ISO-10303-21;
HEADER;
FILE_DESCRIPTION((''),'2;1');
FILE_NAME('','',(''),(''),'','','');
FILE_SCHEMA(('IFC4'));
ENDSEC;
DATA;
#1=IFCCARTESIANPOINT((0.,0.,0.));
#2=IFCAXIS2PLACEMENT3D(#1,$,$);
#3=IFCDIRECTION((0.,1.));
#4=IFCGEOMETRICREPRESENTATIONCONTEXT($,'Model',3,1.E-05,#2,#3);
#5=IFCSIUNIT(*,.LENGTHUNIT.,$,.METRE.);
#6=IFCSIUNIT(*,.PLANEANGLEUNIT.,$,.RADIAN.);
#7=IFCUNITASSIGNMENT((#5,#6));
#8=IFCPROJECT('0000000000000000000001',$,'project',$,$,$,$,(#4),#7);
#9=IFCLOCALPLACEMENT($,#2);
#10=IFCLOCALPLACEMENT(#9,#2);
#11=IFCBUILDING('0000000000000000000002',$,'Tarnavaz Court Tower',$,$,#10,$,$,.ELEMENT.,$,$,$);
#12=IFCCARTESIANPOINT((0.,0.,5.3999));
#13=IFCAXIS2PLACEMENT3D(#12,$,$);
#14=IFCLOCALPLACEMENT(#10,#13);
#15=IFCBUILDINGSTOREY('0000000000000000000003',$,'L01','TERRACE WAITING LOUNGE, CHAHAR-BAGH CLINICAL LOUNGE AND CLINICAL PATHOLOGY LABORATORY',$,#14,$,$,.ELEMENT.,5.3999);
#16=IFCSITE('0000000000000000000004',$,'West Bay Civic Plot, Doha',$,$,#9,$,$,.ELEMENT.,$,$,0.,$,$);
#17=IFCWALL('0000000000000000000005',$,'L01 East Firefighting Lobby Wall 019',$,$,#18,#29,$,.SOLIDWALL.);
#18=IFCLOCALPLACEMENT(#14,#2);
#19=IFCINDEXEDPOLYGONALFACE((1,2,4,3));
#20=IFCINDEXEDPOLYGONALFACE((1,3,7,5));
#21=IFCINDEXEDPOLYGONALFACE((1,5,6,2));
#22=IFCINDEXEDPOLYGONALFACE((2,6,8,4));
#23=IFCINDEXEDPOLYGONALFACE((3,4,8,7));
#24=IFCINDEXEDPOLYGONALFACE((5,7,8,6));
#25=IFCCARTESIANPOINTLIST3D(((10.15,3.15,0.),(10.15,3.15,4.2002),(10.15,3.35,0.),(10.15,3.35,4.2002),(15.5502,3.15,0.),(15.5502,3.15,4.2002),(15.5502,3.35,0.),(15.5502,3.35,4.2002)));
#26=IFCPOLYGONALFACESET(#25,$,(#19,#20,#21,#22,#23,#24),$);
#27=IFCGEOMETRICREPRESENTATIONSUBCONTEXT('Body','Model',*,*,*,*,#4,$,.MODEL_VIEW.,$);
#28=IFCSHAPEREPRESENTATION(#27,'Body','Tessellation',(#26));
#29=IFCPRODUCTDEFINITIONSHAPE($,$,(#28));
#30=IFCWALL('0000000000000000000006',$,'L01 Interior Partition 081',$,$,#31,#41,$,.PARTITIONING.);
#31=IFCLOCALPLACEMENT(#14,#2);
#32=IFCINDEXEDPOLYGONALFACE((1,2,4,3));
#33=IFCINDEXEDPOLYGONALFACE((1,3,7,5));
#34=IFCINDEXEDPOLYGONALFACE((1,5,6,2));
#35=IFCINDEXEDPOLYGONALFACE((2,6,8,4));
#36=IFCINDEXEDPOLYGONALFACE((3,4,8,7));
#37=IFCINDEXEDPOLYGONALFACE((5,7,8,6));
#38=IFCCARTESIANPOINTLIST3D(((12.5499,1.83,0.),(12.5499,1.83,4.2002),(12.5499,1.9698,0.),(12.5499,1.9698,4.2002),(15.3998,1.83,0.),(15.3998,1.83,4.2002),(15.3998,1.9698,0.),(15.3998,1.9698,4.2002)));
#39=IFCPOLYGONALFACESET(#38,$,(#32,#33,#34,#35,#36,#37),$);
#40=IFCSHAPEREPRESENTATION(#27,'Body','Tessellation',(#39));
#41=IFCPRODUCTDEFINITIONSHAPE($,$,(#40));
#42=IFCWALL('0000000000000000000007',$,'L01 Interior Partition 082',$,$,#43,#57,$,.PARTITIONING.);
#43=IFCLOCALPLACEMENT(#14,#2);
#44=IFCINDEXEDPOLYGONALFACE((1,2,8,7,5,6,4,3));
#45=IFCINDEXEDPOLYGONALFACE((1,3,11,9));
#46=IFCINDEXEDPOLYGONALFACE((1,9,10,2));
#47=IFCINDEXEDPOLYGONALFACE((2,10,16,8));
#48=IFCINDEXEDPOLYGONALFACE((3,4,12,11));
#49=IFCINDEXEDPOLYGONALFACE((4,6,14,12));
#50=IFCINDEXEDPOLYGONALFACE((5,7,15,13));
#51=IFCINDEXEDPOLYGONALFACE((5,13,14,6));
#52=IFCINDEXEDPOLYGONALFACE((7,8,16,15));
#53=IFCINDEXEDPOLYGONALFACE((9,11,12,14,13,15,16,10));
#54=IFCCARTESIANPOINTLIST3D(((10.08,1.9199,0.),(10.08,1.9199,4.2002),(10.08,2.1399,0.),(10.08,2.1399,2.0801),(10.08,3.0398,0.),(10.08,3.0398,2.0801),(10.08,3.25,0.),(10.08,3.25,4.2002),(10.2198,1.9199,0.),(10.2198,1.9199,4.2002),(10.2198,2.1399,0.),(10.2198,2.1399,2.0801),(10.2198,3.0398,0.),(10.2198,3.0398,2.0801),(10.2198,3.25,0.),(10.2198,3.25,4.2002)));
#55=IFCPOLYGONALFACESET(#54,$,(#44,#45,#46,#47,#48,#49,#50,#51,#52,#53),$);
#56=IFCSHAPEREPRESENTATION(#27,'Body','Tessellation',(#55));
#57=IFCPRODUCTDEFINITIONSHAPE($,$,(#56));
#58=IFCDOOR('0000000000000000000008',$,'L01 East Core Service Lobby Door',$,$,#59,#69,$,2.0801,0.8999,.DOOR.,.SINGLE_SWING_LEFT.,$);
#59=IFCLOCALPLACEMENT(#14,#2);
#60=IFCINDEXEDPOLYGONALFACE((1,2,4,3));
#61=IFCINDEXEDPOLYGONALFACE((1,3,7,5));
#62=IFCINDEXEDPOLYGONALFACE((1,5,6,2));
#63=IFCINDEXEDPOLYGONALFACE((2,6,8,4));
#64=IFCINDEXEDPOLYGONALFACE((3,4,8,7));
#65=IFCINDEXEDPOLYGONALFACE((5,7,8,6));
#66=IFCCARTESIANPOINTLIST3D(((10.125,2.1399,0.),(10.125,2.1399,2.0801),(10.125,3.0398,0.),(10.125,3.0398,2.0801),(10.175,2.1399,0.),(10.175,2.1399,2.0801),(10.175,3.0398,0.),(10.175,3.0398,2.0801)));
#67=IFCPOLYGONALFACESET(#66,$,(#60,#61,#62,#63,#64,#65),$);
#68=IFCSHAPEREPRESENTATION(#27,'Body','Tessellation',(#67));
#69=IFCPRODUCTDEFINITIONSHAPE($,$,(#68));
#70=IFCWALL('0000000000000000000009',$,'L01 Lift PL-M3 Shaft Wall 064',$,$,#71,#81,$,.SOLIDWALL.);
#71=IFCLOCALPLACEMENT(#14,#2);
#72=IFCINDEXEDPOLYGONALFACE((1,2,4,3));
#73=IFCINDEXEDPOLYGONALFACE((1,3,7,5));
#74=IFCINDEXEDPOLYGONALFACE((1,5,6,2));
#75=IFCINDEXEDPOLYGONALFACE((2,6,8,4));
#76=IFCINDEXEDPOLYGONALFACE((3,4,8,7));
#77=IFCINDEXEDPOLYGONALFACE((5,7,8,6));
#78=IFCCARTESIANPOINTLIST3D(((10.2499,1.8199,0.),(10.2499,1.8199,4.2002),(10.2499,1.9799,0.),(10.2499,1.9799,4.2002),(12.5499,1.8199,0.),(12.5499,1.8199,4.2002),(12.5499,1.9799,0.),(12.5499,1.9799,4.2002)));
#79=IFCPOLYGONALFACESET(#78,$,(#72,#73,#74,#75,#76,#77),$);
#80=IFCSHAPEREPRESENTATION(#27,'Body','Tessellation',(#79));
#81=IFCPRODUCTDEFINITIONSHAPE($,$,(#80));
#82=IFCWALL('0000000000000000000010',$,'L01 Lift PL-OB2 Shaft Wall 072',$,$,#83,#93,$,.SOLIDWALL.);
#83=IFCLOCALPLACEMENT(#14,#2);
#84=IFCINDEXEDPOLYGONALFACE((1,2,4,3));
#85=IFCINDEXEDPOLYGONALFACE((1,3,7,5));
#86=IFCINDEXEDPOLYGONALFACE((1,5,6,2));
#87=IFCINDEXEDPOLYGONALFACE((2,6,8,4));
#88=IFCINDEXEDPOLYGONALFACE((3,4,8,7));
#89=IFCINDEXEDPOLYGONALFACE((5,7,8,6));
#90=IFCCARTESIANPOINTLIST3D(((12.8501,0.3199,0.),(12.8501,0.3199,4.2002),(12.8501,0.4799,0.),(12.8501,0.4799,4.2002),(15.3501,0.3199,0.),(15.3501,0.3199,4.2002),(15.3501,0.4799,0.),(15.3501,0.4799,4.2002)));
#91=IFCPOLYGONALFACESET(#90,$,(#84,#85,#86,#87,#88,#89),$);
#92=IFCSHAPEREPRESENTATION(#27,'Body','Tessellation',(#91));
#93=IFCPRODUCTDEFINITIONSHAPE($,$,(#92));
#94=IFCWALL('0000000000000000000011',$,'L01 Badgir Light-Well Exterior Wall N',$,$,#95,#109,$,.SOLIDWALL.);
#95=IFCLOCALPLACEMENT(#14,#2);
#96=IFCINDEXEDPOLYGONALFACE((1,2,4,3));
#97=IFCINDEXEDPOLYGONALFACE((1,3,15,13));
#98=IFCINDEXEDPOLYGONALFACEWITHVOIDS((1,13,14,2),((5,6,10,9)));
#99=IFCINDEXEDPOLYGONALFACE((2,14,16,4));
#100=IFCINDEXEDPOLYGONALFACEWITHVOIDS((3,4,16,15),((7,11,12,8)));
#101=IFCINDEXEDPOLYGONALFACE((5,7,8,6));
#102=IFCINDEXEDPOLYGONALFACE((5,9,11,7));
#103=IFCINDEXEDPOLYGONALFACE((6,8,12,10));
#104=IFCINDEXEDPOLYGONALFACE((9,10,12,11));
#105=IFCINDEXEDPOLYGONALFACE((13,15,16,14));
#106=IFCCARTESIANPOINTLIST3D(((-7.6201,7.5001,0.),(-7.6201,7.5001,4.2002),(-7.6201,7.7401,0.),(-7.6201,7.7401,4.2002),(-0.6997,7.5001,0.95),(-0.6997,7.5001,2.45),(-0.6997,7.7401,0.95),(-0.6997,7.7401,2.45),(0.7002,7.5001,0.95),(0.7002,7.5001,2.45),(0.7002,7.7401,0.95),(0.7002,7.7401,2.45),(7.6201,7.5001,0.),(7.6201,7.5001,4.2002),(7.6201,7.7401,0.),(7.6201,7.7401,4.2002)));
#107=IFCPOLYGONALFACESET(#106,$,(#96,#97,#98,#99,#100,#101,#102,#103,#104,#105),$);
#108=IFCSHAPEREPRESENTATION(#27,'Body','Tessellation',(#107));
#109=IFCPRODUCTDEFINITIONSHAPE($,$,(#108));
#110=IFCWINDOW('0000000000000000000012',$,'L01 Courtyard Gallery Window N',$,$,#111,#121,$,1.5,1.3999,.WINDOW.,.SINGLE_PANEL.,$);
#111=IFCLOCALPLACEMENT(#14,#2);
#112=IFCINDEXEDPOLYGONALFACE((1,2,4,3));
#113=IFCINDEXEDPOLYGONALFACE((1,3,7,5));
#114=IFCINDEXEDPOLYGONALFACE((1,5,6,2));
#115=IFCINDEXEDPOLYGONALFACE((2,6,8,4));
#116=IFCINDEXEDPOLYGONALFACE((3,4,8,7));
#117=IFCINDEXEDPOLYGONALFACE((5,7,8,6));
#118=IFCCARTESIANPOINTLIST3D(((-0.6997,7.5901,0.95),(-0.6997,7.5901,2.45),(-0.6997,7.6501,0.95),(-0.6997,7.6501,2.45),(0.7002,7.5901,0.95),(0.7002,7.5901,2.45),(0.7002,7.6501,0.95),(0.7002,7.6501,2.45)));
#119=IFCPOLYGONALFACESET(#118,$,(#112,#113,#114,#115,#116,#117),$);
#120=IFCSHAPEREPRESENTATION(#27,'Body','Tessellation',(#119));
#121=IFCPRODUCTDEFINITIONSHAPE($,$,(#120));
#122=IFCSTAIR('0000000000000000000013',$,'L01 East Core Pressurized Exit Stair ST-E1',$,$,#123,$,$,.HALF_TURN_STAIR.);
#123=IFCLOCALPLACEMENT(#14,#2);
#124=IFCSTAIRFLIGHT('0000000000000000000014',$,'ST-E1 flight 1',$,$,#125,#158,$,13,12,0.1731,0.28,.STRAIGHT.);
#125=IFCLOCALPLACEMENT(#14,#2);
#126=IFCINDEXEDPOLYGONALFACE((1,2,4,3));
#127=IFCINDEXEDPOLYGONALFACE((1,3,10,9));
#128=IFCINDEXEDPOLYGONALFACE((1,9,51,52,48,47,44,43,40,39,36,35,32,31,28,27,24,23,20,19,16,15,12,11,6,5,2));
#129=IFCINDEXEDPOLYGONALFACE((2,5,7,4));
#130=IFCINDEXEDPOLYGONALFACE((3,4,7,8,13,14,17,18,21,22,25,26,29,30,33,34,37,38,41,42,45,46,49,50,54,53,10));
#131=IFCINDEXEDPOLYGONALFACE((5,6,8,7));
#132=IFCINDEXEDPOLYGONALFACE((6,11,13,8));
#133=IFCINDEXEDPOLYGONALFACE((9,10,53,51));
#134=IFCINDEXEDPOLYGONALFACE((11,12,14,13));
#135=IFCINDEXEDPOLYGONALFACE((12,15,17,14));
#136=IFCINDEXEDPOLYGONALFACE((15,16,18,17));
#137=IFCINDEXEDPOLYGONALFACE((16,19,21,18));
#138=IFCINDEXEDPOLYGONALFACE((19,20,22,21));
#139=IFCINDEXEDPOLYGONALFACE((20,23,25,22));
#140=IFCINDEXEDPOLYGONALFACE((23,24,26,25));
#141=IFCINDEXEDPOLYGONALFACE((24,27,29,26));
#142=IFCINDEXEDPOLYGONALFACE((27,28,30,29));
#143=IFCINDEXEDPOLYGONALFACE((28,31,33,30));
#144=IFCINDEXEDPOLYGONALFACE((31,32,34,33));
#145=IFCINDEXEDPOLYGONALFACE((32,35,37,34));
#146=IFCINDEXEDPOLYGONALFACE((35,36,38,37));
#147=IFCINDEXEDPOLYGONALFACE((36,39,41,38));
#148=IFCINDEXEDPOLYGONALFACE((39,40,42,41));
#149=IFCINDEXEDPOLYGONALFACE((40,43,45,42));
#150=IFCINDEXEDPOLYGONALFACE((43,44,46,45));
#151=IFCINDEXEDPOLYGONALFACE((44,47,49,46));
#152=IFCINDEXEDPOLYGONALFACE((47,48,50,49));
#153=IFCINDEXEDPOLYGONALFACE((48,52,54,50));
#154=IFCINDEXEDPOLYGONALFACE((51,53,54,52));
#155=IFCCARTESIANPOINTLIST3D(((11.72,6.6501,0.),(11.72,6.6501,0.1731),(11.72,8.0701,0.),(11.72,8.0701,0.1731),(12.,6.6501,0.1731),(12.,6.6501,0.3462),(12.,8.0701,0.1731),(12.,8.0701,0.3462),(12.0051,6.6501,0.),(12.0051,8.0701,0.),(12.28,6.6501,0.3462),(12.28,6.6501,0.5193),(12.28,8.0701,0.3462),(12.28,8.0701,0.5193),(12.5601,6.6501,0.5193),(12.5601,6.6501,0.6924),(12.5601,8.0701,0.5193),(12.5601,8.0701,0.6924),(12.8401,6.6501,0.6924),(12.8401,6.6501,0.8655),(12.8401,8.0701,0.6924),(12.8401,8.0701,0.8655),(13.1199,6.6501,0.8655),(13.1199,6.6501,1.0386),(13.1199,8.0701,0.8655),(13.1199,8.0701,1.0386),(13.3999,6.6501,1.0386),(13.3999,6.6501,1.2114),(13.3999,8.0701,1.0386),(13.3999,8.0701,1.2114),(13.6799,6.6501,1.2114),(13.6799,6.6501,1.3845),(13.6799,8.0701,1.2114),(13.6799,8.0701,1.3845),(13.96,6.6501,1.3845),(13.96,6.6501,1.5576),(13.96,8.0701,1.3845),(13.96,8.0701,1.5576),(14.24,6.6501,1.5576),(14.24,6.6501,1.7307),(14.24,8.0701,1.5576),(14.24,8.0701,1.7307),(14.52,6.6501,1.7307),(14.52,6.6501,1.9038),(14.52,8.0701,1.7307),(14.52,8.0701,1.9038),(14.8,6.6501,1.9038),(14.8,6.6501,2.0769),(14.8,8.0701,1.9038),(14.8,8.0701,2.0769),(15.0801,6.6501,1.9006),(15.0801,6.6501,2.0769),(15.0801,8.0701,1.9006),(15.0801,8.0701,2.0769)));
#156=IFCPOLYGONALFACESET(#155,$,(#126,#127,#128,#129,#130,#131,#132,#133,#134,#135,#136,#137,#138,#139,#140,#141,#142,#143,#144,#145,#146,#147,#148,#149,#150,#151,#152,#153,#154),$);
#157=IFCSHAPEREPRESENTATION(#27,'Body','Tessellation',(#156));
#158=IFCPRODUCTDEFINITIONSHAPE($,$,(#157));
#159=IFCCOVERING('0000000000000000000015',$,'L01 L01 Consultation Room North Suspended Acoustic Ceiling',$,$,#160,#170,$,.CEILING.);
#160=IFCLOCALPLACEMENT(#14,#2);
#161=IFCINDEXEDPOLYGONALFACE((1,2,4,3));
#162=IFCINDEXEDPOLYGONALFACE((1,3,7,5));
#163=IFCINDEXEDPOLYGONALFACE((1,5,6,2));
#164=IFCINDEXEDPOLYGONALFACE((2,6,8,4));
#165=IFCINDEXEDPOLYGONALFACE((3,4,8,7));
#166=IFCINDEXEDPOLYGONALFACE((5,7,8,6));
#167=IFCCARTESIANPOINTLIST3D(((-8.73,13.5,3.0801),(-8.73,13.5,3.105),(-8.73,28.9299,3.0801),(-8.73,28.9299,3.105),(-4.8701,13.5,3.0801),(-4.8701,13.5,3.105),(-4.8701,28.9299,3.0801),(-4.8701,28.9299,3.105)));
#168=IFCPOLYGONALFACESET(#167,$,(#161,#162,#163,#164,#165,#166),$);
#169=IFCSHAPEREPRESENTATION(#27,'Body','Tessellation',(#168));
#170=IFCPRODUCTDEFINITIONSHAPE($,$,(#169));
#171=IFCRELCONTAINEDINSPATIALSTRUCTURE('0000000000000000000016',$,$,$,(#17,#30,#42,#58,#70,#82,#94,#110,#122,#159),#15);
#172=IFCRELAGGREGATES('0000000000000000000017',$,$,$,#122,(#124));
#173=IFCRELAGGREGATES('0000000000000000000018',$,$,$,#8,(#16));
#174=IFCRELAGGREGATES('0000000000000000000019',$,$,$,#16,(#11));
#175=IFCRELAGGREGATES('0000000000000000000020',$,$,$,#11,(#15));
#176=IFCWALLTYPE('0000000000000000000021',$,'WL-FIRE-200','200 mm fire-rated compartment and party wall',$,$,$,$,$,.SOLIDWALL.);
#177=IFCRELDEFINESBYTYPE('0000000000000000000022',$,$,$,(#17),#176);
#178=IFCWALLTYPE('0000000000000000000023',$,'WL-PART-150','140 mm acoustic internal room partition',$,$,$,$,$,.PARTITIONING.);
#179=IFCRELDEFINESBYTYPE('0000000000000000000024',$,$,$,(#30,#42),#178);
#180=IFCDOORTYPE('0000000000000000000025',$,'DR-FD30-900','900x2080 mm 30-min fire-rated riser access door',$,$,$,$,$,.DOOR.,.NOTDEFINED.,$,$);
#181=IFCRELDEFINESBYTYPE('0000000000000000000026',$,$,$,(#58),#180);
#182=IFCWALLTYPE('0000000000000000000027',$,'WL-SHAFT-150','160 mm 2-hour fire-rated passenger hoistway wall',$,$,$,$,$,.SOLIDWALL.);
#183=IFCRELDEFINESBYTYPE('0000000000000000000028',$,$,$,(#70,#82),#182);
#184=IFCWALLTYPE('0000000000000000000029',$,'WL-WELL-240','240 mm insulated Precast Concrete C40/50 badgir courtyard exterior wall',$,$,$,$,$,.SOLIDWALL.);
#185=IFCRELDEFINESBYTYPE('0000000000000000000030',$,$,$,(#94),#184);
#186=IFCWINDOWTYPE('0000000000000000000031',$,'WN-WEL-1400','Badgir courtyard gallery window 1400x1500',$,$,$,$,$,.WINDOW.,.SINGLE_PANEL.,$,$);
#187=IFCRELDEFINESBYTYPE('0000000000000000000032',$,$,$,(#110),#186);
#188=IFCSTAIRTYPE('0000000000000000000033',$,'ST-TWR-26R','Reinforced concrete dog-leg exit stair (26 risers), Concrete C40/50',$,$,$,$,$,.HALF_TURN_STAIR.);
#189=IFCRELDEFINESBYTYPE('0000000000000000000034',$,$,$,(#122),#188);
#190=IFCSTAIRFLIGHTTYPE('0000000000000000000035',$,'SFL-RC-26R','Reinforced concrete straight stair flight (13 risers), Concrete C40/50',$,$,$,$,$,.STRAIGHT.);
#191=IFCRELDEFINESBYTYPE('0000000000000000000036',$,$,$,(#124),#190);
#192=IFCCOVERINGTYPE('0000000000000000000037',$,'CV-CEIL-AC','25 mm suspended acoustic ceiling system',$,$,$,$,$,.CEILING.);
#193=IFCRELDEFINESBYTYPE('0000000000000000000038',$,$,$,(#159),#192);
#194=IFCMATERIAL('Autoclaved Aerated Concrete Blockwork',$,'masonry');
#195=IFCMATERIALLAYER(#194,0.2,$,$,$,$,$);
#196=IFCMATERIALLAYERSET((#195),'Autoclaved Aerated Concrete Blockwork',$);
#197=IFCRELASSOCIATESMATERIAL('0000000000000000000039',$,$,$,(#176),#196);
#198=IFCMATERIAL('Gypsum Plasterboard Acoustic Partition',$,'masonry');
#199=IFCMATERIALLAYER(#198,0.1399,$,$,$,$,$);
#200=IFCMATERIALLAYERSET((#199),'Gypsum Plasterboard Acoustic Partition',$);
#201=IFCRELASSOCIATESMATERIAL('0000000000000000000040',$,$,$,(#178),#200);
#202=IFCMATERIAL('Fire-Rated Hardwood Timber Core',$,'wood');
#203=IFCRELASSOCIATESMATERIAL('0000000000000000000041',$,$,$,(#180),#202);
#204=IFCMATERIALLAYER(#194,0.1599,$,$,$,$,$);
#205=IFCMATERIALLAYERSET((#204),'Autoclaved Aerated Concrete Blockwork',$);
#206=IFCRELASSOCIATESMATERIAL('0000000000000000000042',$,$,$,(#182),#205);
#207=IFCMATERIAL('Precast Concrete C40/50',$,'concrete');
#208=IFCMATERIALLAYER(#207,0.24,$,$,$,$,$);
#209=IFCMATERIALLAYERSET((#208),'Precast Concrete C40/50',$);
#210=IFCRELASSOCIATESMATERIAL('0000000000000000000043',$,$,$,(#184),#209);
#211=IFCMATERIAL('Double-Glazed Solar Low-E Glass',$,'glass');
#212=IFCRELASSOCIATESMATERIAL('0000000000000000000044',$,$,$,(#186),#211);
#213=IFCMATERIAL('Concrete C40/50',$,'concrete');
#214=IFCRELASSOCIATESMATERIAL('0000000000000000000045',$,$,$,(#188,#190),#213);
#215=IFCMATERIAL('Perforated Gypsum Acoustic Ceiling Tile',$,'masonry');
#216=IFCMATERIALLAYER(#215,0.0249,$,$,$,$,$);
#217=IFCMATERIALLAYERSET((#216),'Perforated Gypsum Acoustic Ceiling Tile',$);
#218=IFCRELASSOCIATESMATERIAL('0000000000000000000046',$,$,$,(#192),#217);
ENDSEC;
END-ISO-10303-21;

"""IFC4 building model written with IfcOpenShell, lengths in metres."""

from ifc_helpers import new_model, si_unit, direction, frame, frame_2d, origin, place, context, subcontext, project, spatial, polyline, rectangle, outline, extrude, material, layer, layer_set, type_object, element, fill, aggregate, save


model = new_model("IFC4")

# Units and contexts
model_context = context("Model", 3, precision=1e-05, world=origin(), true_north=direction((0.0, 1.0)))
body_context = subcontext(model_context, "Body", "Model", "MODEL_VIEW")
ifc_project = project(units=[si_unit("LENGTHUNIT", "METRE"), si_unit("PLANEANGLEUNIT", "RADIAN")], contexts=[model_context])

# Site, building, storey
site_placement = place(None, origin())
site = spatial("IfcSite", under=ifc_project, at=site_placement, Name="West Bay Civic Plot, Doha", CompositionType="ELEMENT", RefElevation=0.0)
building_placement = place(site_placement, origin())
building = spatial("IfcBuilding", under=site, at=building_placement, Name="Tarnavaz Court Tower", CompositionType="ELEMENT")
storey_placement = place(building_placement, frame((0.0, 0.0, 5.3999)))
storey = spatial("IfcBuildingStorey", under=building, at=storey_placement, Name="L01", Description="TERRACE WAITING LOUNGE, CHAHAR-BAGH CLINICAL LOUNGE AND CLINICAL PATHOLOGY LABORATORY", CompositionType="ELEMENT", Elevation=5.3999)

# Shared definitions
ifc_material_1 = material(Name="Fire-Rated Hardwood Timber Core", Category="wood")

# Wall
ifc_material_2 = material(Name="Autoclaved Aerated Concrete Blockwork", Category="masonry")
ifc_layer_1 = layer(ifc_material_2, 0.2)
ifc_layer_set_1 = layer_set([ifc_layer_1], Name="Autoclaved Aerated Concrete Blockwork")
wall_type_1 = type_object("IfcWallType", Name="WL-FIRE-200", Description="200 mm fire-rated compartment and party wall", PredefinedType="SOLIDWALL", material=ifc_layer_set_1)
wall_1_placement = place(storey_placement, frame((10.1499, 3.25, 0.0), z_axis=(0.0, 0.0, 1.0), x_axis=(1.0, 0.0, 0.0)))
element("IfcWall", 1, at=wall_1_placement, inside=storey, type_object=wall_type_1, Name="L01 East Firefighting Lobby Wall 019", PredefinedType="SOLIDWALL", context=body_context, shape_type="SweptSolid", body=[
    extrude(rectangle(XDim=5.4001, YDim=0.2, at=frame_2d((2.7002, 0.0))), origin(), (0.0, 0.0, 1.0), 4.2002),
])

# Wall
ifc_material_3 = material(Name="Gypsum Plasterboard Acoustic Partition", Category="masonry")
ifc_layer_2 = layer(ifc_material_3, 0.1399)
ifc_layer_set_2 = layer_set([ifc_layer_2], Name="Gypsum Plasterboard Acoustic Partition")
wall_type_2 = type_object("IfcWallType", Name="WL-PART-150", Description="140 mm acoustic internal room partition", PredefinedType="PARTITIONING", material=ifc_layer_set_2)
wall_2_placement = place(storey_placement, frame((12.55, 1.8999, 0.0), z_axis=(0.0, 0.0, 1.0), x_axis=(1.0, 0.0, 0.0)))
element("IfcWall", 2, at=wall_2_placement, inside=storey, type_object=wall_type_2, Name="L01 Interior Partition 081", PredefinedType="PARTITIONING", context=body_context, shape_type="SweptSolid", body=[
    extrude(rectangle(XDim=2.8499, YDim=0.1399, at=frame_2d((1.4248, 0.0))), origin(), (0.0, 0.0, 1.0), 4.2002),
])

# Wall, opening, door
wall_3_placement = place(storey_placement, frame((10.1499, 1.9199, 0.0), z_axis=(0.0, 0.0, 1.0), x_axis=(0.0, 1.0, 0.0)))
wall_3 = element("IfcWall", 3, at=wall_3_placement, inside=storey, type_object=wall_type_2, Name="L01 Interior Partition 082", PredefinedType="PARTITIONING", context=body_context, shape_type="SweptSolid", body=[
    extrude(rectangle(XDim=1.3301, YDim=0.1399, at=frame_2d((0.665, 0.0))), origin(), (0.0, 0.0, 1.0), 4.2002),
])
opening_1_placement = place(wall_3_placement, frame((0.22, 0.0, 0.0)))
opening_1 = element("IfcOpeningElement", 4, at=opening_1_placement, cuts=wall_3, PredefinedType="OPENING", context=body_context, shape_type="SweptSolid", body=[
    extrude(rectangle(XDim=0.8999, YDim=2.0801, at=frame_2d((0.45, 1.04))), frame((0.0, 0.0798, 0.0), z_axis=(0.0, -1.0, 0.0), x_axis=(1.0, 0.0, 0.0)), (0.0, 0.0, 1.0), 0.1599),
])
door_type_1 = type_object("IfcDoorType", Name="DR-FD30-900", Description="900x2080 mm 30-min fire-rated riser access door", OperationType="NOTDEFINED", PredefinedType="DOOR", material=ifc_material_1)
door_1_placement = place(opening_1_placement, origin())
door_1 = element("IfcDoor", 5, at=door_1_placement, inside=storey, type_object=door_type_1, Name="L01 East Core Service Lobby Door", OperationType="SINGLE_SWING_LEFT", OverallHeight=2.0801, OverallWidth=0.8999, PredefinedType="DOOR", context=body_context, shape_type="SweptSolid", body=[
    extrude(rectangle(XDim=0.8999, YDim=2.0801, at=frame_2d((0.45, 1.04))), frame((0.0, 0.0249, 0.0), z_axis=(0.0, -1.0, 0.0), x_axis=(1.0, 0.0, 0.0)), (0.0, 0.0, 1.0), 0.05),
])
fill(opening_1, door_1)

# Walls
ifc_layer_3 = layer(ifc_material_2, 0.1599)
ifc_layer_set_3 = layer_set([ifc_layer_3], Name="Autoclaved Aerated Concrete Blockwork")
wall_type_3 = type_object("IfcWallType", Name="WL-SHAFT-150", Description="160 mm 2-hour fire-rated passenger hoistway wall", PredefinedType="SOLIDWALL", material=ifc_layer_set_3)
wall_4_placement = place(storey_placement, frame((10.25, 1.8999, 0.0), z_axis=(0.0, 0.0, 1.0), x_axis=(1.0, 0.0, 0.0)))
element("IfcWall", 6, at=wall_4_placement, inside=storey, type_object=wall_type_3, Name="L01 Lift PL-M3 Shaft Wall 064", PredefinedType="SOLIDWALL", context=body_context, shape_type="SweptSolid", body=[
    extrude(rectangle(XDim=2.3, YDim=0.1599, at=frame_2d((1.1499, 0.0))), origin(), (0.0, 0.0, 1.0), 4.2002),
])
wall_5_placement = place(storey_placement, frame((12.8501, 0.3999, 0.0), z_axis=(0.0, 0.0, 1.0), x_axis=(1.0, 0.0, 0.0)))
element("IfcWall", 7, at=wall_5_placement, inside=storey, type_object=wall_type_3, Name="L01 Lift PL-OB2 Shaft Wall 072", PredefinedType="SOLIDWALL", context=body_context, shape_type="SweptSolid", body=[
    extrude(rectangle(XDim=2.5, YDim=0.1599, at=frame_2d((1.25, 0.0))), origin(), (0.0, 0.0, 1.0), 4.2002),
])

# Wall, opening, window
ifc_material_4 = material(Name="Precast Concrete C40/50", Category="concrete")
ifc_layer_4 = layer(ifc_material_4, 0.24)
ifc_layer_set_4 = layer_set([ifc_layer_4], Name="Precast Concrete C40/50")
wall_type_4 = type_object("IfcWallType", Name="WL-WELL-240", Description="240 mm insulated Precast Concrete C40/50 badgir courtyard exterior wall", PredefinedType="SOLIDWALL", material=ifc_layer_set_4)
wall_6_placement = place(storey_placement, frame((7.6201, 7.6201, 0.0), z_axis=(0.0, 0.0, 1.0), x_axis=(-1.0, 0.0, 0.0)))
wall_6 = element("IfcWall", 8, at=wall_6_placement, inside=storey, type_object=wall_type_4, Name="L01 Badgir Light-Well Exterior Wall N", PredefinedType="SOLIDWALL", context=body_context, shape_type="SweptSolid", body=[
    extrude(rectangle(XDim=15.2402, YDim=0.24, at=frame_2d((7.6201, 0.0))), origin(), (0.0, 0.0, 1.0), 4.2002),
])
opening_2_placement = place(wall_6_placement, frame((6.9199, 0.0, 0.95)))
opening_2 = element("IfcOpeningElement", 9, at=opening_2_placement, cuts=wall_6, PredefinedType="OPENING", context=body_context, shape_type="SweptSolid", body=[
    extrude(rectangle(XDim=1.3999, YDim=1.5, at=frame_2d((0.7, 0.75))), frame((0.0, 0.1299, 0.0), z_axis=(0.0, -1.0, 0.0), x_axis=(1.0, 0.0, 0.0)), (0.0, 0.0, 1.0), 0.26),
])
ifc_material_5 = material(Name="Double-Glazed Solar Low-E Glass", Category="glass")
window_type = type_object("IfcWindowType", Name="WN-WEL-1400", Description="Badgir courtyard gallery window 1400x1500", PartitioningType="SINGLE_PANEL", PredefinedType="WINDOW", material=ifc_material_5)
window_placement = place(opening_2_placement, origin())
window = element("IfcWindow", 10, at=window_placement, inside=storey, type_object=window_type, Name="L01 Courtyard Gallery Window N", OverallHeight=1.5, OverallWidth=1.3999, PartitioningType="SINGLE_PANEL", PredefinedType="WINDOW", context=body_context, shape_type="SweptSolid", body=[
    extrude(rectangle(XDim=1.3999, YDim=1.5, at=frame_2d((0.7, 0.75))), frame((0.0, 0.03, 0.0), z_axis=(0.0, -1.0, 0.0), x_axis=(1.0, 0.0, 0.0)), (0.0, 0.0, 1.0), 0.0601),
])
fill(opening_2, window)

# Stair, stair flight
ifc_material_6 = material(Name="Concrete C40/50", Category="concrete")
stair_type = type_object("IfcStairType", Name="ST-TWR-26R", Description="Reinforced concrete dog-leg exit stair (26 risers), Concrete C40/50", PredefinedType="HALF_TURN_STAIR", material=ifc_material_6)
stair_placement = place(storey_placement, origin())
stair = element("IfcStair", 11, at=stair_placement, inside=storey, type_object=stair_type, Name="L01 East Core Pressurized Exit Stair ST-E1", PredefinedType="HALF_TURN_STAIR")
stair_flight_type = type_object("IfcStairFlightType", Name="SFL-RC-26R", Description="Reinforced concrete straight stair flight (13 risers), Concrete C40/50", PredefinedType="STRAIGHT", material=ifc_material_6)
stair_flight_placement = place(storey_placement, frame((11.72, 7.3601, 0.0), z_axis=(0.0, 0.0, 1.0), x_axis=(1.0, 0.0, 0.0)))
stair_flight = element("IfcStairFlight", 12, at=stair_flight_placement, type_object=stair_flight_type, Name="ST-E1 flight 1", NumberOfRisers=13, NumberOfTreads=12, PredefinedType="STRAIGHT", RiserHeight=0.1731, TreadLength=0.28, context=body_context, shape_type="SweptSolid", body=[
    extrude(outline(polyline([(0.0, 0.0), (0.0, 0.1731), (0.28, 0.1731), (0.28, 0.3462), (0.5601, 0.3462), (0.5601, 0.5193), (0.8401, 0.5193), (0.8401, 0.6924), (1.1201, 0.6924), (1.1201, 0.8655), (1.3999, 0.8655), (1.3999, 1.0386), (1.6799, 1.0386), (1.6799, 1.2114), (1.96, 1.2114), (1.96, 1.3845), (2.24, 1.3845), (2.24, 1.5576), (2.52, 1.5576), (2.52, 1.7307), (2.8, 1.7307), (2.8, 1.9038), (3.0801, 1.9038), (3.0801, 2.0769), (3.3601, 2.0769), (3.3601, 2.25), (3.3601, 1.9006), (0.2852, 0.0), (0.0, 0.0)])), frame((0.0, 0.71, 0.0), z_axis=(0.0, -1.0, 0.0), x_axis=(1.0, 0.0, 0.0)), (0.0, 0.0, 1.0), 1.4199),
])
aggregate(stair, [stair_flight])

# Covering
ifc_material_7 = material(Name="Perforated Gypsum Acoustic Ceiling Tile", Category="masonry")
ifc_layer_5 = layer(ifc_material_7, 0.0249)
ifc_layer_set_5 = layer_set([ifc_layer_5], Name="Perforated Gypsum Acoustic Ceiling Tile")
covering_type_1 = type_object("IfcCoveringType", Name="CV-CEIL-AC", Description="25 mm suspended acoustic ceiling system", PredefinedType="CEILING", material=ifc_layer_set_5)
covering_1_placement = place(storey_placement, frame((0.0, 0.0, 3.0801)))
element("IfcCovering", 13, at=covering_1_placement, inside=storey, type_object=covering_type_1, Name="L01 L01 Consultation Room North Suspended Acoustic Ceiling", PredefinedType="CEILING", context=body_context, shape_type="SweptSolid", body=[
    extrude(outline(polyline([(-8.73, 13.5), (-4.8701, 13.5), (-4.8701, 28.9299), (-8.73, 28.9299), (-8.73, 13.5)])), origin(), (0.0, 0.0, 1.0), 0.0249),
])

save(model, "model.ifc")
